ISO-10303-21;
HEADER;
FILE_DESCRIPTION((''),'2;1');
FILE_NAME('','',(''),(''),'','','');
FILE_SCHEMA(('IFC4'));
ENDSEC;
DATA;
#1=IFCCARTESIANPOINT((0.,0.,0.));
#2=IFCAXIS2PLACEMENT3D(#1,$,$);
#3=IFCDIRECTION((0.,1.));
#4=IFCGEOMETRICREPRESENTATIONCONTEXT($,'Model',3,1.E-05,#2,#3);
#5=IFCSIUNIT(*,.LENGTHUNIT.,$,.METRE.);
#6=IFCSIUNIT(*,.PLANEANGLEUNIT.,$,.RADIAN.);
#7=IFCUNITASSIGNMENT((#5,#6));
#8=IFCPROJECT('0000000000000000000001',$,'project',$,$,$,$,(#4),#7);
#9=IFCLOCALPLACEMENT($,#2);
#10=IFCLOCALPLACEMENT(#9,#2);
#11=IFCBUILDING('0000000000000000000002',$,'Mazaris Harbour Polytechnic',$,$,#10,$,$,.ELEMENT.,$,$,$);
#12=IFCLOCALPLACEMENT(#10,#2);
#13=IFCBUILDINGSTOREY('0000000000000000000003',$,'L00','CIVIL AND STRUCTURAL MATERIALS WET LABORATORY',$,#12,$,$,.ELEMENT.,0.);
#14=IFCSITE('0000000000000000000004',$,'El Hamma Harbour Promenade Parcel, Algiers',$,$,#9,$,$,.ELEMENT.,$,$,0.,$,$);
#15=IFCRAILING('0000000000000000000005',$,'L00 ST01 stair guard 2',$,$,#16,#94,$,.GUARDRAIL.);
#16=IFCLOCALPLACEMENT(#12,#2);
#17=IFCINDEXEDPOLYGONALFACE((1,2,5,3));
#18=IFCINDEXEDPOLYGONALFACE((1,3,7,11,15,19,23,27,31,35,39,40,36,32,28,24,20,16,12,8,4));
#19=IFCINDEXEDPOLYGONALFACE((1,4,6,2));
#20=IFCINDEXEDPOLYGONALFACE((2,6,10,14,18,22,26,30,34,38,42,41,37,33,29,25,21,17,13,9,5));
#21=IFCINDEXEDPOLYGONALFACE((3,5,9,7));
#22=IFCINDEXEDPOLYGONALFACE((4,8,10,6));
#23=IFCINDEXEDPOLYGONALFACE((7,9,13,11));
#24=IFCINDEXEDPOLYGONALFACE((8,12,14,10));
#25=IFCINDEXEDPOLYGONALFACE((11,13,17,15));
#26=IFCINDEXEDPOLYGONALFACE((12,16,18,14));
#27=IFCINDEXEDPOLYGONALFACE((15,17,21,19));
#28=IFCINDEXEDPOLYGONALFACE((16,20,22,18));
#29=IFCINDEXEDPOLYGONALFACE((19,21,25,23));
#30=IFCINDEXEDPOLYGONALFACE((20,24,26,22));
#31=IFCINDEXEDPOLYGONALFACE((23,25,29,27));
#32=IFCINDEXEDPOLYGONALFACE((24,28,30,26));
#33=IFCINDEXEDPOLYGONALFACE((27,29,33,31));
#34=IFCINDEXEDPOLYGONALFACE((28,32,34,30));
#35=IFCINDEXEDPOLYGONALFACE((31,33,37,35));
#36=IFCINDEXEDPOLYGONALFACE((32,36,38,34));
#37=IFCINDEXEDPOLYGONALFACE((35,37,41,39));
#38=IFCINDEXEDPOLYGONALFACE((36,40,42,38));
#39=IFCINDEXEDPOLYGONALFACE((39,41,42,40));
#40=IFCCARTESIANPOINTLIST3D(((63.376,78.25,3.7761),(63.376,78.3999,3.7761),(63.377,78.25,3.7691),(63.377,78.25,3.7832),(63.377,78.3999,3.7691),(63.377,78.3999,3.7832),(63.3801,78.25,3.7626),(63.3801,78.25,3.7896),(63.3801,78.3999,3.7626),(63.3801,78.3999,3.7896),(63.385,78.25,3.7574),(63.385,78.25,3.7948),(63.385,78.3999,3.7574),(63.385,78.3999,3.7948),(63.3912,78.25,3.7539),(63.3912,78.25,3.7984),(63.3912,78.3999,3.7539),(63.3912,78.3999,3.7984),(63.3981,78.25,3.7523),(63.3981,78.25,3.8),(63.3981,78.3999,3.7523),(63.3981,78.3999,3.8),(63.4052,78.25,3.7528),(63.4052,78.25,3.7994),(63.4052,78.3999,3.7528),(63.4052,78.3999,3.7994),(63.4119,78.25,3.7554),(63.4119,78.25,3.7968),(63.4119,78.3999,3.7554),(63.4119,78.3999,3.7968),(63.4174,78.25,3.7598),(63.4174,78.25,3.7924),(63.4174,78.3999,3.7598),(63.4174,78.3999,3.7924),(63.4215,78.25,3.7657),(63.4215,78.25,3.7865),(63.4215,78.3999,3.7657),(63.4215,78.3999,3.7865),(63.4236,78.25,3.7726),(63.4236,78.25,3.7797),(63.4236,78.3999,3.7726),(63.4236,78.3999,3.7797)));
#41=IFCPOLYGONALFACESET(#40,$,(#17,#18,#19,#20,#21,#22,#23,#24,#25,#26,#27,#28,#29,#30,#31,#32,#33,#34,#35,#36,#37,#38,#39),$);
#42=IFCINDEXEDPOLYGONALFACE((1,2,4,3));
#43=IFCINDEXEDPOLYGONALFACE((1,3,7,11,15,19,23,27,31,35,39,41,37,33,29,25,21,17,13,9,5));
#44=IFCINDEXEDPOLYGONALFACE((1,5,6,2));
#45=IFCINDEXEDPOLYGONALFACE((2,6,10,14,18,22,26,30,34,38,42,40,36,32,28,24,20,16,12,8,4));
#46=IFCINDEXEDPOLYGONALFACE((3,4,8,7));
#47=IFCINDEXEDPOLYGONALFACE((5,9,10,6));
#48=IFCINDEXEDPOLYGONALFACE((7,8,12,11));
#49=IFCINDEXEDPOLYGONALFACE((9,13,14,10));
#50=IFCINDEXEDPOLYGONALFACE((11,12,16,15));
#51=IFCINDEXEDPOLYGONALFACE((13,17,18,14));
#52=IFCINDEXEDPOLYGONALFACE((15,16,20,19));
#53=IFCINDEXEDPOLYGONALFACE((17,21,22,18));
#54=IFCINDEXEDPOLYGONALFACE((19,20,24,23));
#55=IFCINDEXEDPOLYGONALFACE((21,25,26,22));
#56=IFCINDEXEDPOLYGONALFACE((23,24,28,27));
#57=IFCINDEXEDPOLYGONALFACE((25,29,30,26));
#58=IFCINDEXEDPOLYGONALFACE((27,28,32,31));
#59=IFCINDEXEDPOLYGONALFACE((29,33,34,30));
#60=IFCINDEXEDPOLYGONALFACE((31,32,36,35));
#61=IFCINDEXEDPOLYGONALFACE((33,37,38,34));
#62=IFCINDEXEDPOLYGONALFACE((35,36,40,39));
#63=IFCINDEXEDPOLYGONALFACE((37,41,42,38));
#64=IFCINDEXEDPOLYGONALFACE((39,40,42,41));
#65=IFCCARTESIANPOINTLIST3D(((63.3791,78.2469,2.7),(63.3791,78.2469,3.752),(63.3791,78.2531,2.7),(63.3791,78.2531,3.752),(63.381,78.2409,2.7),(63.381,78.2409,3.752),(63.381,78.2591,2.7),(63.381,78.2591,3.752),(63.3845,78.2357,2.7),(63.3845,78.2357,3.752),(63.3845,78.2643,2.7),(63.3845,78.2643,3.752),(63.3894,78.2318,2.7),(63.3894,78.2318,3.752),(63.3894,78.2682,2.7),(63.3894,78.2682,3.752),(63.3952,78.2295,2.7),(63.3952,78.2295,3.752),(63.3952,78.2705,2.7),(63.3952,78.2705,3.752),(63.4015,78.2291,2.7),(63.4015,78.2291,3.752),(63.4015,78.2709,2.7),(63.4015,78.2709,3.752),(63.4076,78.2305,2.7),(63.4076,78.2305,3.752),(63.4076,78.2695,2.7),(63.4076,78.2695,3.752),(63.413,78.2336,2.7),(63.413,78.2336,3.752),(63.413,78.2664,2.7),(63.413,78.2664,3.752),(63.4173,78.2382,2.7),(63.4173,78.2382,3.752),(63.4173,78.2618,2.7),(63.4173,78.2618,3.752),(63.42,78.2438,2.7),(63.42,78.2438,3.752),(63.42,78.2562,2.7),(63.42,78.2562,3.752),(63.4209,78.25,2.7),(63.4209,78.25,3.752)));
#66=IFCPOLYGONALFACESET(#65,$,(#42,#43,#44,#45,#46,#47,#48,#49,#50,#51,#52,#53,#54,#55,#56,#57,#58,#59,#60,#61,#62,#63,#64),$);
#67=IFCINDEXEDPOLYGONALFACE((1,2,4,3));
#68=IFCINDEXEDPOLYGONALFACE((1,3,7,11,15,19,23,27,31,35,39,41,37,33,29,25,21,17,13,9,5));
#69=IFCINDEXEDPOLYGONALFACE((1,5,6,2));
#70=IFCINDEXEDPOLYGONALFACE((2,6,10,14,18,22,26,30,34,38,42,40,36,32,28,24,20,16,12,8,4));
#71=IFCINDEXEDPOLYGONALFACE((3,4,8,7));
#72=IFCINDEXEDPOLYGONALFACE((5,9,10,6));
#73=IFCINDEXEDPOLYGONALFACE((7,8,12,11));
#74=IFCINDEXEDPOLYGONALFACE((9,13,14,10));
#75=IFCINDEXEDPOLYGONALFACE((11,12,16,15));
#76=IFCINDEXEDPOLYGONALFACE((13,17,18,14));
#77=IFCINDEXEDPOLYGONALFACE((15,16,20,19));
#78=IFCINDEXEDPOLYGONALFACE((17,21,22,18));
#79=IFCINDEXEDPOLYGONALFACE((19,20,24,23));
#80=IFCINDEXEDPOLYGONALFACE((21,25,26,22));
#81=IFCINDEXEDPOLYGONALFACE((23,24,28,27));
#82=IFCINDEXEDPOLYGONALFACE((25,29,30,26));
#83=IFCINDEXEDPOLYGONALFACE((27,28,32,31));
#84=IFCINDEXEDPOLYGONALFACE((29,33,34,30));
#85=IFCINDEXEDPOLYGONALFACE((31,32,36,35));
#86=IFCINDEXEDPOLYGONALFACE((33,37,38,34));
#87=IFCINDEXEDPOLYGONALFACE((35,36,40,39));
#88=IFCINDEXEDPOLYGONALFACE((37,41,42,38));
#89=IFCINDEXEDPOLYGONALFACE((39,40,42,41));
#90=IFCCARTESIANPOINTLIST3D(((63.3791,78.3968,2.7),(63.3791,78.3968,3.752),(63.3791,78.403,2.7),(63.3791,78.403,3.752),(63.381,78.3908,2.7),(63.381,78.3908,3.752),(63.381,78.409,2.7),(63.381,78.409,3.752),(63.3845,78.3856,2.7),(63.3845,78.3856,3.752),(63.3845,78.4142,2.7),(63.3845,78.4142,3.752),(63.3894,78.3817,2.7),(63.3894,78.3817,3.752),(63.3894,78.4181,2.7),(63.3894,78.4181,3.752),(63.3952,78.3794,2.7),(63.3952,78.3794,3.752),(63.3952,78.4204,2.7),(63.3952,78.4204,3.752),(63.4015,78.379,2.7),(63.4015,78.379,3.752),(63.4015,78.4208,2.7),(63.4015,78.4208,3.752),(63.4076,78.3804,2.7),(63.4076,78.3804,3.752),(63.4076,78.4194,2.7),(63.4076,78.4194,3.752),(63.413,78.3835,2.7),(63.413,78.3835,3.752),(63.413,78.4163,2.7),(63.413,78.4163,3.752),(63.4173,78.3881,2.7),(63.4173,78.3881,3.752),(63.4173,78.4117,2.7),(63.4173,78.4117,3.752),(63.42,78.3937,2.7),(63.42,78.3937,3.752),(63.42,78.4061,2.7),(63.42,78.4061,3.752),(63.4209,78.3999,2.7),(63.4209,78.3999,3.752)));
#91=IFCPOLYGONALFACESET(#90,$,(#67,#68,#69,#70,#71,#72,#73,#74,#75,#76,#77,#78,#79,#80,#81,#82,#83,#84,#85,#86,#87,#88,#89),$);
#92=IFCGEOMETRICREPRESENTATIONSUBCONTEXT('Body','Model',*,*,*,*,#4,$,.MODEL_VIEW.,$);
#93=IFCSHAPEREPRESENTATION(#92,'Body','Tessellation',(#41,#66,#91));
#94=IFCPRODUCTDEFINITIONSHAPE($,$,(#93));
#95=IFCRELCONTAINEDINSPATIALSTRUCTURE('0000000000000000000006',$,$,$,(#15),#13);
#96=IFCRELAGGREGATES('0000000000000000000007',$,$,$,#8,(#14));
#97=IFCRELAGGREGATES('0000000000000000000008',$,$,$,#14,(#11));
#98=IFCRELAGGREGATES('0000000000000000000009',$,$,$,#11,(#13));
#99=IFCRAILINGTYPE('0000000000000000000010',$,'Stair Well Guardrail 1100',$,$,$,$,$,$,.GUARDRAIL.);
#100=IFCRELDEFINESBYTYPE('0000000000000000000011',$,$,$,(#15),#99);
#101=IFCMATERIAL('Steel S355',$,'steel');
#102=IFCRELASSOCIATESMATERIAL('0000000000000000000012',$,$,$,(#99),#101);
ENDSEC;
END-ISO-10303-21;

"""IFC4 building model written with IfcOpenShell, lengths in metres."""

from ifc_helpers import new_model, si_unit, direction, frame, origin, origin_2d, place, context, subcontext, project, spatial, circle, extrude, material, type_object, element, save


model = new_model("IFC4")

# Units and contexts
model_context = context("Model", 3, precision=1e-05, world=origin(), true_north=direction((0.0, 1.0)))
body_context = subcontext(model_context, "Body", "Model", "MODEL_VIEW")
ifc_project = project(units=[si_unit("LENGTHUNIT", "METRE"), si_unit("PLANEANGLEUNIT", "RADIAN")], contexts=[model_context])

# Site, building, storey
site_placement = place(None, origin())
site = spatial("IfcSite", under=ifc_project, at=site_placement, Name="El Hamma Harbour Promenade Parcel, Algiers", CompositionType="ELEMENT", RefElevation=0.0)
building_placement = place(site_placement, origin())
building = spatial("IfcBuilding", under=site, at=building_placement, Name="Mazaris Harbour Polytechnic", CompositionType="ELEMENT")
storey_placement = place(building_placement, origin())
storey = spatial("IfcBuildingStorey", under=building, at=storey_placement, Name="L00", Description="CIVIL AND STRUCTURAL MATERIALS WET LABORATORY", CompositionType="ELEMENT", Elevation=0.0)

# Railing
ifc_material_1 = material(Name="Steel S355", Category="steel")
railing_type_1 = type_object("IfcRailingType", Name="Stair Well Guardrail 1100", PredefinedType="GUARDRAIL", material=ifc_material_1)
railing_1_placement = place(storey_placement, frame((63.3999, 78.25, 2.7)))
element("IfcRailing", 1, at=railing_1_placement, inside=storey, type_object=railing_type_1, Name="L00 ST01 stair guard 2", PredefinedType="GUARDRAIL", context=body_context, shape_type="SweptSolid", body=[
    extrude(circle(Radius=0.0239, at=origin_2d()), frame((0.0, 0.0, 1.0762), z_axis=(0.0, 1.0, 0.0), x_axis=(-1.0, 0.0, 0.0)), (0.0, 0.0, 1.0), 0.1499),
    extrude(circle(Radius=0.021, at=origin_2d()), origin(), (0.0, 0.0, 1.0), 1.052),
    extrude(circle(Radius=0.021, at=origin_2d()), frame((0.0, 0.1499, 0.0)), (0.0, 0.0, 1.0), 1.052),
])

save(model, "model.ifc")
